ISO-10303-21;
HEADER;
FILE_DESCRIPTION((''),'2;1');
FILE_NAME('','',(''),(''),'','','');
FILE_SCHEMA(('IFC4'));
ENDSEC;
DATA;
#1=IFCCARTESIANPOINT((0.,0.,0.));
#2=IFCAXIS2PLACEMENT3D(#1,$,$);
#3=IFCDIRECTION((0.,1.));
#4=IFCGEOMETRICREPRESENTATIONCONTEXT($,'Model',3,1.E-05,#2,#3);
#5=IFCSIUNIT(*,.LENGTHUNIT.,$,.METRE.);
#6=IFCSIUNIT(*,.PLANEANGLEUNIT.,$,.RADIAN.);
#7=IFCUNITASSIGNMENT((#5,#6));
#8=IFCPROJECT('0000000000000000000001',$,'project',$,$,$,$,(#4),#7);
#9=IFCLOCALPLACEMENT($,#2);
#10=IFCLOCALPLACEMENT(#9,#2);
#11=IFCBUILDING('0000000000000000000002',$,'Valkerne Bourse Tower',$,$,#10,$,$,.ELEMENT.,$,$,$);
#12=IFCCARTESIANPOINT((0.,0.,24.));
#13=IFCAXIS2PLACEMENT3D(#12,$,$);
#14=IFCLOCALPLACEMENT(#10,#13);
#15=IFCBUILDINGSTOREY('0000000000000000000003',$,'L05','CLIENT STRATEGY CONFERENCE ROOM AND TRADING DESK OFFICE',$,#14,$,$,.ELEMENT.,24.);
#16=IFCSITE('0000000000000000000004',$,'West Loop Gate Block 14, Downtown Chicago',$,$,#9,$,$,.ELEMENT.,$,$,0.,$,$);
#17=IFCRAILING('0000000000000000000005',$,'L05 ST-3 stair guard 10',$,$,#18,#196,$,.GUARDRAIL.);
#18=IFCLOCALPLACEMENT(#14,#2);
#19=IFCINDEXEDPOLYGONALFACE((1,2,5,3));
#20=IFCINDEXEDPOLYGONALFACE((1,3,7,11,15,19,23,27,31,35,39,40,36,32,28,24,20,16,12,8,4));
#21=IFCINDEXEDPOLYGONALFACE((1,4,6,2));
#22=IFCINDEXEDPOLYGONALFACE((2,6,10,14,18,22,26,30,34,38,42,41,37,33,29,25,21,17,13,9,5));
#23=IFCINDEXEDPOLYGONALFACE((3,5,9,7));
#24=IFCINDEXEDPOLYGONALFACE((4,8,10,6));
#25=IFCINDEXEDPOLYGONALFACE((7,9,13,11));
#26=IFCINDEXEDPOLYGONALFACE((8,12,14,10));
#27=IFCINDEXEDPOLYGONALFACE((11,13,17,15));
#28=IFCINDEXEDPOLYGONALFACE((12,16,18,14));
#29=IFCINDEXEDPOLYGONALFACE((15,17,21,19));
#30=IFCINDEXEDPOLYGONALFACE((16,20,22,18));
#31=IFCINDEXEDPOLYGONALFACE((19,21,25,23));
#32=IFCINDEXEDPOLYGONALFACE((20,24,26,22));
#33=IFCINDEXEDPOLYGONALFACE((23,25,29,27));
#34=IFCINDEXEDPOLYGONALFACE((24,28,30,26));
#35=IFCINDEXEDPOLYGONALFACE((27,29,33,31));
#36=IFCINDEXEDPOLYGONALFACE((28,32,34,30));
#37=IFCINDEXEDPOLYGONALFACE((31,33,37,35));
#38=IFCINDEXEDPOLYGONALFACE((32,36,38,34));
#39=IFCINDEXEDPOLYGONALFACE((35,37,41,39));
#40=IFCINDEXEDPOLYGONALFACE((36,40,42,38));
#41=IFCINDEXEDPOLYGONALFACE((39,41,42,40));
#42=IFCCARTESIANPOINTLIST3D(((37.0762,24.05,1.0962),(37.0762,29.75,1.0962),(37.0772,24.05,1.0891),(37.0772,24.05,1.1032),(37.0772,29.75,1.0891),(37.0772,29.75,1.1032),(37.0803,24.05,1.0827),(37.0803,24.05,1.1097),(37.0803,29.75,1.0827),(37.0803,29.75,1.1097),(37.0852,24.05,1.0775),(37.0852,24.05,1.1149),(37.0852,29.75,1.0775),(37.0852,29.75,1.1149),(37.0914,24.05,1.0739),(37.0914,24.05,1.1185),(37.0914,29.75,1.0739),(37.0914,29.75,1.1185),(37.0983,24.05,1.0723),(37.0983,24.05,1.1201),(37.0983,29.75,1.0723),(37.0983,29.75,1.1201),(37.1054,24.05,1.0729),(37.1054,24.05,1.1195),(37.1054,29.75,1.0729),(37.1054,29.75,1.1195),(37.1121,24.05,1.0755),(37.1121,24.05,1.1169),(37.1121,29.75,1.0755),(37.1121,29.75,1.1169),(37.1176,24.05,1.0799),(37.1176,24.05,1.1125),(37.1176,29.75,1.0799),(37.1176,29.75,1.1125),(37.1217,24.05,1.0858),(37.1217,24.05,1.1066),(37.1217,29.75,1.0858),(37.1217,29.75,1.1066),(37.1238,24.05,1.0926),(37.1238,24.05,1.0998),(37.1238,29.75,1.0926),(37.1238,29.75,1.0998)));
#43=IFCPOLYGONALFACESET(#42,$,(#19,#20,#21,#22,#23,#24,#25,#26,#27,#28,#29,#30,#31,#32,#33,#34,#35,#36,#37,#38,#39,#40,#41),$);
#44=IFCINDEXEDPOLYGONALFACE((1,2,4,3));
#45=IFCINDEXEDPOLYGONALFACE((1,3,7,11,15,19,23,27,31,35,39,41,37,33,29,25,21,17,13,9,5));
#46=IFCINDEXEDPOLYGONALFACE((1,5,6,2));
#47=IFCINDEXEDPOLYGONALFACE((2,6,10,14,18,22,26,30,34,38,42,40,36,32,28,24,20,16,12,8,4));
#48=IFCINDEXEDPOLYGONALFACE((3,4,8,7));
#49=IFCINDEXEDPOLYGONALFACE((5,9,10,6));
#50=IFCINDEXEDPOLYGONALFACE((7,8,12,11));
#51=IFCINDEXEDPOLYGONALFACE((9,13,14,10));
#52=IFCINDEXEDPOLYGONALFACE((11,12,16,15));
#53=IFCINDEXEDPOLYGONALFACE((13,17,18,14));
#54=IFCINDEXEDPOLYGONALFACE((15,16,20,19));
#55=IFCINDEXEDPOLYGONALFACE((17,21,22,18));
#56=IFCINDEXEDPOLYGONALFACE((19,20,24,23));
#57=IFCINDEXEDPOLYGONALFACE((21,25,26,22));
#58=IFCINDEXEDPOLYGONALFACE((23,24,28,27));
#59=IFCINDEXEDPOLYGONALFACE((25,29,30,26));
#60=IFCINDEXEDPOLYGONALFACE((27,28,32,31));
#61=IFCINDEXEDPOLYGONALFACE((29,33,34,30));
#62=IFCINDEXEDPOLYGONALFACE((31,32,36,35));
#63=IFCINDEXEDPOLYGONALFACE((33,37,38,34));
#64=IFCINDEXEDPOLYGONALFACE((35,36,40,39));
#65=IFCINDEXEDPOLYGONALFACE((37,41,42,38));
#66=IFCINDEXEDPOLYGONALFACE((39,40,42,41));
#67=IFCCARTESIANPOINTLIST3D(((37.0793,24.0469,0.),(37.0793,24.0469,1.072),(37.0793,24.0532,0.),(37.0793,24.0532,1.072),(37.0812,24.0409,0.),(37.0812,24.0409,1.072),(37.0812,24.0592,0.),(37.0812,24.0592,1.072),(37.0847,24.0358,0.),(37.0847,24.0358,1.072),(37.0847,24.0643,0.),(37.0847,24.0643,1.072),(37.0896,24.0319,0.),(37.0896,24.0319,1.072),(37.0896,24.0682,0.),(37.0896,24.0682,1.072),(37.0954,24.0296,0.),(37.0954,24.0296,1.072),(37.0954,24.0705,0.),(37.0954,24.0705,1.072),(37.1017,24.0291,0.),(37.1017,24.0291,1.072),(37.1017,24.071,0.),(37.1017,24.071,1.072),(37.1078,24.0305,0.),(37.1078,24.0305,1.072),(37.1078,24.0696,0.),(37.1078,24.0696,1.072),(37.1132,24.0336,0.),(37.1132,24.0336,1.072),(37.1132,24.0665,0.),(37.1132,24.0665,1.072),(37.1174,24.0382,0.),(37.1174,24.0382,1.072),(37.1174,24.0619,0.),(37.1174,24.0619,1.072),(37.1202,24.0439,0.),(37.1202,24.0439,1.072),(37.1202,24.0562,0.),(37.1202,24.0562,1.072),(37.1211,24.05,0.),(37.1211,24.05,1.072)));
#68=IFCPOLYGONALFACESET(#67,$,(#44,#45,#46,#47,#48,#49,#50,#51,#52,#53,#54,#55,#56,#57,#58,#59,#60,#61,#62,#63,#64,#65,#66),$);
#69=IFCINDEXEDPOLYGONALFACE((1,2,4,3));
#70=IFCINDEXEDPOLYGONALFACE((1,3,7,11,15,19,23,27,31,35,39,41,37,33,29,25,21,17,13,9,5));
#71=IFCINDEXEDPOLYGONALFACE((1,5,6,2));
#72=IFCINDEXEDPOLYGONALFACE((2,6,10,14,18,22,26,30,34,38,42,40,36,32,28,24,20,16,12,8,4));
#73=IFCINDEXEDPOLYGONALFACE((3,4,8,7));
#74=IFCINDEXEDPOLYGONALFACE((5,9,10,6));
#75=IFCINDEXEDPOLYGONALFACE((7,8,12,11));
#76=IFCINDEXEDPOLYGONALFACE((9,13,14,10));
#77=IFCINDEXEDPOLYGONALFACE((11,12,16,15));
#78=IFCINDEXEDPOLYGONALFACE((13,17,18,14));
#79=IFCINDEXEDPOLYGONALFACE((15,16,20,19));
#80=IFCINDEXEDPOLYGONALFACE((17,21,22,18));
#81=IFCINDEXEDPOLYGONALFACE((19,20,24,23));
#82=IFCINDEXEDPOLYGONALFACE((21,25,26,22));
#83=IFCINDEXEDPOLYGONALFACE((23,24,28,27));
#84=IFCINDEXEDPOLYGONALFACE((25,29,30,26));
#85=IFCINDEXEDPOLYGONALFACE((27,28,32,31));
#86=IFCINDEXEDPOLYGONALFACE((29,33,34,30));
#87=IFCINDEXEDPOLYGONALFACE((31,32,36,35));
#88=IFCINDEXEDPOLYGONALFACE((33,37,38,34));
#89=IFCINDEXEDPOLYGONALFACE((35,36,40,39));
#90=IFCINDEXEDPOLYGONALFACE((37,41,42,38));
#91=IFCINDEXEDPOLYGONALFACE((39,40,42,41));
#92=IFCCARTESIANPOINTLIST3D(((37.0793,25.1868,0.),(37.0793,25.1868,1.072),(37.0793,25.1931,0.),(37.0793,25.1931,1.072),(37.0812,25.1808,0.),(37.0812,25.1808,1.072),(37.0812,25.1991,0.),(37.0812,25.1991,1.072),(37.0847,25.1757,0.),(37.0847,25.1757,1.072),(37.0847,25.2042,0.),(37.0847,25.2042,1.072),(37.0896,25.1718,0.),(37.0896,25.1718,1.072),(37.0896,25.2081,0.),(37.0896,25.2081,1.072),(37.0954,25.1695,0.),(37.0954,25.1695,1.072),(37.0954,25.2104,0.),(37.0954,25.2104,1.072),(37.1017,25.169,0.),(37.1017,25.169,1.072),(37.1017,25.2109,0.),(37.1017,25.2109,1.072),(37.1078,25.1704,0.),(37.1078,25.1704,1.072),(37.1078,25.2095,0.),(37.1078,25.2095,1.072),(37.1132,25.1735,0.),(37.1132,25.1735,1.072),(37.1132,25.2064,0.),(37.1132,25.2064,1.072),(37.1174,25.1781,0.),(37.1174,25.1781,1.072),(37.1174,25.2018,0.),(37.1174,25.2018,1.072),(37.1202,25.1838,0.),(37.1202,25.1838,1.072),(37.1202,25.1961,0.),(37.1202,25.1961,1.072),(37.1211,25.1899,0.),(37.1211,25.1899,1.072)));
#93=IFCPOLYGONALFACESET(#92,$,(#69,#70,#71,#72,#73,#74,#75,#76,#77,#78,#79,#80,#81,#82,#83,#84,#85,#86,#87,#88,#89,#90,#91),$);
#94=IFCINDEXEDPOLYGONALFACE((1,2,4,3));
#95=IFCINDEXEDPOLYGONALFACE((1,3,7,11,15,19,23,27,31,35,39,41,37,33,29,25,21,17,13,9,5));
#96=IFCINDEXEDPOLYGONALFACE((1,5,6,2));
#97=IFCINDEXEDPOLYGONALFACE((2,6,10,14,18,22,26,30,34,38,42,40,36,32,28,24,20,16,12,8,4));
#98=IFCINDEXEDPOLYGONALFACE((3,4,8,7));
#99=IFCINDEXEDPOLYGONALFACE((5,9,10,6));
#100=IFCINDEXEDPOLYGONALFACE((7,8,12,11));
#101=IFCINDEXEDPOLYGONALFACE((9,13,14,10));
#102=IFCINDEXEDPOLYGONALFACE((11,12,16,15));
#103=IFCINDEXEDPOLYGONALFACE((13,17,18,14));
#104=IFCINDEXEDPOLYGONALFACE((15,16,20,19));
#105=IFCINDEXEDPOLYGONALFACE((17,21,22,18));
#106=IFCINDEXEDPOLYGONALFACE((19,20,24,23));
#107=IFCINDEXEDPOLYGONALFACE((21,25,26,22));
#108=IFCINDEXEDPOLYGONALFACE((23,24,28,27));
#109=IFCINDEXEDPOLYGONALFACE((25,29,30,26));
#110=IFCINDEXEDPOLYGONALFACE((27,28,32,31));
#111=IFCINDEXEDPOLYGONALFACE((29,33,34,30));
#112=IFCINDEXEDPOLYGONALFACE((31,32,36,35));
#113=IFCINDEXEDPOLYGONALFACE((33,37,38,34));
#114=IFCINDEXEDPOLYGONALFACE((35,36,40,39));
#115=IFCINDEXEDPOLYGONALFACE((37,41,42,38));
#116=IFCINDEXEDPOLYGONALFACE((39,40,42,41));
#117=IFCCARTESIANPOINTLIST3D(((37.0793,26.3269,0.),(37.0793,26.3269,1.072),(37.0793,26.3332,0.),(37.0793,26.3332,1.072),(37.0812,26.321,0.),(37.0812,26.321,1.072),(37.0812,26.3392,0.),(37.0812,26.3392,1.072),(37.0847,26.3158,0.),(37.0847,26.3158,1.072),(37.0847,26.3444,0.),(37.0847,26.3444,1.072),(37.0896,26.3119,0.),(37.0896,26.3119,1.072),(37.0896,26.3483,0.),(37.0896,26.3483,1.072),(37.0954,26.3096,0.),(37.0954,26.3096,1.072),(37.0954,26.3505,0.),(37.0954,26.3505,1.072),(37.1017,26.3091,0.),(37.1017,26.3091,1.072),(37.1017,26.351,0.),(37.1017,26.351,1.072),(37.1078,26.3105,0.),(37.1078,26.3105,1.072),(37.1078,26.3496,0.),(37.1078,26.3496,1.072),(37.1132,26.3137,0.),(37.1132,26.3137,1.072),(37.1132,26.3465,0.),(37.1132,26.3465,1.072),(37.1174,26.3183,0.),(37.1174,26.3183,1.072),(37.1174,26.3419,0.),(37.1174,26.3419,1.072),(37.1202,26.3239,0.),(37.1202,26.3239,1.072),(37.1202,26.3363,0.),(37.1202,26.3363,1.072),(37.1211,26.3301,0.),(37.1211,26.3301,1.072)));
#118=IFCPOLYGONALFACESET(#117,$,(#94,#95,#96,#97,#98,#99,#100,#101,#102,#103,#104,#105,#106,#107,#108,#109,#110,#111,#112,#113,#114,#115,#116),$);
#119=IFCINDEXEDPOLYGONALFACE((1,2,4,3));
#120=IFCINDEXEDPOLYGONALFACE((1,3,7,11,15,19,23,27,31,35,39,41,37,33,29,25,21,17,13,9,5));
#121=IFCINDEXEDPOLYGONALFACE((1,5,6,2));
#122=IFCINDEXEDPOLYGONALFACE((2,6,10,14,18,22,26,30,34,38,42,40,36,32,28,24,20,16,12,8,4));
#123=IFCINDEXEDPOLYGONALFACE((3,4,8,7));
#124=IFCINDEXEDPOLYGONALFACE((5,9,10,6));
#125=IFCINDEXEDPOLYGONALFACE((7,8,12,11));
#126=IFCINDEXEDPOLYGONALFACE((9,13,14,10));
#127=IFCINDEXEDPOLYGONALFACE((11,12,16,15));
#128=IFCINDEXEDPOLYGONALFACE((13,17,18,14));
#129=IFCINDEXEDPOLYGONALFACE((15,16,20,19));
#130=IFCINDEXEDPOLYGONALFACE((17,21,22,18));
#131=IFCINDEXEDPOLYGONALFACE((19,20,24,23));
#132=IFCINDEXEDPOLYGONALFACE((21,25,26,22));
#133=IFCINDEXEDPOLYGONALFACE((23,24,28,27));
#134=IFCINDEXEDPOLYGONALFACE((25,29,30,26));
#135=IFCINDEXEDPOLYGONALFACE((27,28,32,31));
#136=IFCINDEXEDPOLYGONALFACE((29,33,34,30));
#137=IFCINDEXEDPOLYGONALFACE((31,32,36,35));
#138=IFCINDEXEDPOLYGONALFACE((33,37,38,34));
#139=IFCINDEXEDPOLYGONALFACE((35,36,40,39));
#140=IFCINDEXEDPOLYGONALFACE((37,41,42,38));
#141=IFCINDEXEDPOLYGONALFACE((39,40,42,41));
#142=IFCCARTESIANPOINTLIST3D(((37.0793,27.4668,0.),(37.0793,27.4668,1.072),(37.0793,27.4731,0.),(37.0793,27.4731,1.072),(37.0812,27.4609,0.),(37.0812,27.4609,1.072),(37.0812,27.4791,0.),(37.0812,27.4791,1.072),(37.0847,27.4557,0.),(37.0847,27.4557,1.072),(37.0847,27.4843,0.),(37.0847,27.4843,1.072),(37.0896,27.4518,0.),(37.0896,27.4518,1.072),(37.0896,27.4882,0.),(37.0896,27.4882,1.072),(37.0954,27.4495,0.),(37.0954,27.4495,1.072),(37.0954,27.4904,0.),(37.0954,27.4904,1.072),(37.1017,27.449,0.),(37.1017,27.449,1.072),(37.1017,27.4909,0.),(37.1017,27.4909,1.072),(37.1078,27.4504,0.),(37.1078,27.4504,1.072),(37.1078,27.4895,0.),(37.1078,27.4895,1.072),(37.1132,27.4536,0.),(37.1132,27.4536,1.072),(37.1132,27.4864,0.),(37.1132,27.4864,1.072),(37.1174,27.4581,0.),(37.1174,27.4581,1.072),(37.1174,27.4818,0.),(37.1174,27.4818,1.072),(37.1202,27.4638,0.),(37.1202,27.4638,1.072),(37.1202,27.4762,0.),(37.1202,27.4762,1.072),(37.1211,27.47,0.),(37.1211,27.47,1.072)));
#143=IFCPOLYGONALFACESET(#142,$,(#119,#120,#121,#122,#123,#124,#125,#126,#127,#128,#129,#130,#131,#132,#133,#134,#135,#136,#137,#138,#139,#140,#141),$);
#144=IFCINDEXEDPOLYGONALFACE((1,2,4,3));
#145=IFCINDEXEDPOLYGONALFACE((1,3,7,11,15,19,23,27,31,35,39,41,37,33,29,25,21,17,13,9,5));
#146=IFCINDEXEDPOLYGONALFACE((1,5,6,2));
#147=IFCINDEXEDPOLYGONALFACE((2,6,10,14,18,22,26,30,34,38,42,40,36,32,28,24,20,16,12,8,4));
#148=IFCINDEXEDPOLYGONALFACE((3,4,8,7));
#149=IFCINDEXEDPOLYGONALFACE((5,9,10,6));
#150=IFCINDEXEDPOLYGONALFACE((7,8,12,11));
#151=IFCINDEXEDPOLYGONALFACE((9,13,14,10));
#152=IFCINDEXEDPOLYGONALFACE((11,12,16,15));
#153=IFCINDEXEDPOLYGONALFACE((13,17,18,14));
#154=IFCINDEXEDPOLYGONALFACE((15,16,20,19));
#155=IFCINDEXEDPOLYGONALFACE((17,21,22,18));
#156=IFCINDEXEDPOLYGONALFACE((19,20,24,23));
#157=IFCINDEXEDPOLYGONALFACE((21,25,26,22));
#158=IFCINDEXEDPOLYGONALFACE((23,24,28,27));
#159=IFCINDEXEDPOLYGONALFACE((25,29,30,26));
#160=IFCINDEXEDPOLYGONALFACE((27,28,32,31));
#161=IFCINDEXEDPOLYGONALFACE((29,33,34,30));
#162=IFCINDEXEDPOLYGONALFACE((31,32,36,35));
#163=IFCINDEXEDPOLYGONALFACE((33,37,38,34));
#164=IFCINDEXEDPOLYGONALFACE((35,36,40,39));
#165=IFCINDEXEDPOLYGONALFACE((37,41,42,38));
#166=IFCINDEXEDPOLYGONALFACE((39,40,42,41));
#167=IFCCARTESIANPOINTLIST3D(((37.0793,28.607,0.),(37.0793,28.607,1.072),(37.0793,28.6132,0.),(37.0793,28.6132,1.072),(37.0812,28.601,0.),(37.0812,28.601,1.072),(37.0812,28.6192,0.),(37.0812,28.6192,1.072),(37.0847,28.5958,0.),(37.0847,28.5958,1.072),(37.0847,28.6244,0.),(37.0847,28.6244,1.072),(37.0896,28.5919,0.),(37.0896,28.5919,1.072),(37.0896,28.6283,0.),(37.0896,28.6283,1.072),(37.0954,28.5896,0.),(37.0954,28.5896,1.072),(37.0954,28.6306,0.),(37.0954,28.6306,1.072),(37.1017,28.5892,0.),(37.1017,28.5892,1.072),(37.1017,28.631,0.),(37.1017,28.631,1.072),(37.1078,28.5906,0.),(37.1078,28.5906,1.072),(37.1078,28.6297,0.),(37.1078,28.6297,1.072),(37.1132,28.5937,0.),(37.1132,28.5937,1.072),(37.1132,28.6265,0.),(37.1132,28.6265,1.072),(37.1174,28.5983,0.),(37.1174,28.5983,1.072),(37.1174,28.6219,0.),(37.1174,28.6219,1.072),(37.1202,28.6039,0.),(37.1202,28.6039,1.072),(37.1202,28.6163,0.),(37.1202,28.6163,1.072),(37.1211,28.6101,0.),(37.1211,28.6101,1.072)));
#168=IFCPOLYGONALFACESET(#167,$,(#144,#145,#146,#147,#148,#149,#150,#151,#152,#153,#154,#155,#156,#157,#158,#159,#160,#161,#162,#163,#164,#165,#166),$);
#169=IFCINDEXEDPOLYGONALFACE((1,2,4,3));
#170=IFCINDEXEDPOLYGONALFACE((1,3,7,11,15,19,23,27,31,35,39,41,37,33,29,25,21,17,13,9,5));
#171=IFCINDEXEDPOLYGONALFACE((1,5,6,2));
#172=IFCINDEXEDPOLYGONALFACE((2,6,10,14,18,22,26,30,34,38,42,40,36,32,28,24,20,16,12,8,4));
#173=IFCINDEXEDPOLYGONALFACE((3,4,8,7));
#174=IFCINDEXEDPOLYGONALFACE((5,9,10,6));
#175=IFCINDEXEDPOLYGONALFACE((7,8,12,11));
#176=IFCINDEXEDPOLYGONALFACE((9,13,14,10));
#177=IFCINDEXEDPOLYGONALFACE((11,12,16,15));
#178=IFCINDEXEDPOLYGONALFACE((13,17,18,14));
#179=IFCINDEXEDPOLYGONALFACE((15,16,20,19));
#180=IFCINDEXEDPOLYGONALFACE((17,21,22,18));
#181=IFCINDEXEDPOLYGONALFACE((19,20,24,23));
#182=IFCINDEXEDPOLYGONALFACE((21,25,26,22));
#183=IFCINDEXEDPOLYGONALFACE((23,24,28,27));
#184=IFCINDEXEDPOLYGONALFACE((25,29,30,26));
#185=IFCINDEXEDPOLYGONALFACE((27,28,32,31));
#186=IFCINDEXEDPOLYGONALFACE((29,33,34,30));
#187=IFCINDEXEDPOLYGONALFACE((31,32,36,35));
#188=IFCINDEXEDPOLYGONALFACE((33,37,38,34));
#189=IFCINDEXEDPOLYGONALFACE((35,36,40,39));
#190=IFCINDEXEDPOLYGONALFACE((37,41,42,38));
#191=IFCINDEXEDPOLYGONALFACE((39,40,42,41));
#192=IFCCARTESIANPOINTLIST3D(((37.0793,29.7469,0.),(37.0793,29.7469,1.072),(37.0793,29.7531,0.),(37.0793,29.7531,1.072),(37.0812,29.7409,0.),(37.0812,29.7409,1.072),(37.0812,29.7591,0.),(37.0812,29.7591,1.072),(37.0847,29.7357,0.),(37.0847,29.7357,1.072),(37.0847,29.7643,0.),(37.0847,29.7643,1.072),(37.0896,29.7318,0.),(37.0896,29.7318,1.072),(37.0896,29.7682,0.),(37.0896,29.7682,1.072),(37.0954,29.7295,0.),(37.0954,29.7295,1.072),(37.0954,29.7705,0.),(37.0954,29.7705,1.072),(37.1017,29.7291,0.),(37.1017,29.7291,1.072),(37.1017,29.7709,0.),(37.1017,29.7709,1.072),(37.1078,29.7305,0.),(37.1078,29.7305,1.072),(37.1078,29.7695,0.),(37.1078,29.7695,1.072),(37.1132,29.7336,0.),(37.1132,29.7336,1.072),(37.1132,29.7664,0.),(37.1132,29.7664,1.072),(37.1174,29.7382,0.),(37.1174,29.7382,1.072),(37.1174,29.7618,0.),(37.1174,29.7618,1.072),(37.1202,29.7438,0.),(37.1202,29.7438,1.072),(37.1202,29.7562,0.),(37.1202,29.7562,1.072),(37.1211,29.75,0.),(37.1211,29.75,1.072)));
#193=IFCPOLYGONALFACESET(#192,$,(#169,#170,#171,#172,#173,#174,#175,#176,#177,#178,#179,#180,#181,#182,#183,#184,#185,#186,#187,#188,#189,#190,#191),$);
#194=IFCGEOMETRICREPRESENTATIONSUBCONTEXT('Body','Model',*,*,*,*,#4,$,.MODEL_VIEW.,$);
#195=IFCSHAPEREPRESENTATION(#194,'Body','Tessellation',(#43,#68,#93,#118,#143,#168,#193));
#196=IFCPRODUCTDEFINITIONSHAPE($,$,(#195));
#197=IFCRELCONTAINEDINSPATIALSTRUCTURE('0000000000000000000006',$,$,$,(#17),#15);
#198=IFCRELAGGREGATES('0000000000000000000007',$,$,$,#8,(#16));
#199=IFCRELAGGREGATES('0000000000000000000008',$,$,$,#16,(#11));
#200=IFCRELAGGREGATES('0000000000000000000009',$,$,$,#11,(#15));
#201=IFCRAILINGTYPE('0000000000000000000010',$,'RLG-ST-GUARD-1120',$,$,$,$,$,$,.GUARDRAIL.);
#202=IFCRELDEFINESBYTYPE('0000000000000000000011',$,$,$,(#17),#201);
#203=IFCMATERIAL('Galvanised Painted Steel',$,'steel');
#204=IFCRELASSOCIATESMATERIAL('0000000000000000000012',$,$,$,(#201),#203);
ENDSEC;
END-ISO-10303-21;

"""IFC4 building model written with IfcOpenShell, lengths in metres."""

from ifc_helpers import new_model, si_unit, direction, frame, origin, origin_2d, place, context, subcontext, project, spatial, circle, extrude, material, type_object, element, save


model = new_model("IFC4")

# Units and contexts
model_context = context("Model", 3, precision=1e-05, world=origin(), true_north=direction((0.0, 1.0)))
body_context = subcontext(model_context, "Body", "Model", "MODEL_VIEW")
ifc_project = project(units=[si_unit("LENGTHUNIT", "METRE"), si_unit("PLANEANGLEUNIT", "RADIAN")], contexts=[model_context])

# Site, building, storey
site_placement = place(None, origin())
site = spatial("IfcSite", under=ifc_project, at=site_placement, Name="West Loop Gate Block 14, Downtown Chicago", CompositionType="ELEMENT", RefElevation=0.0)
building_placement = place(site_placement, origin())
building = spatial("IfcBuilding", under=site, at=building_placement, Name="Valkerne Bourse Tower", CompositionType="ELEMENT")
storey_placement = place(building_placement, frame((0.0, 0.0, 24.0)))
storey = spatial("IfcBuildingStorey", under=building, at=storey_placement, Name="L05", Description="CLIENT STRATEGY CONFERENCE ROOM AND TRADING DESK OFFICE", CompositionType="ELEMENT", Elevation=24.0)

# Shared definitions
ifc_material_1 = material(Name="Galvanised Painted Steel", Category="steel")

# Railing
railing_type_1 = type_object("IfcRailingType", Name="RLG-ST-GUARD-1120", PredefinedType="GUARDRAIL", material=ifc_material_1)
railing_1_placement = place(storey_placement, frame((37.1001, 24.05, 0.0)))
element("IfcRailing", 1, at=railing_1_placement, inside=storey, type_object=railing_type_1, Name="L05 ST-3 stair guard 10", PredefinedType="GUARDRAIL", context=body_context, shape_type="SweptSolid", body=[
    extrude(circle(Radius=0.0239, at=origin_2d()), frame((0.0, 0.0, 1.0962), z_axis=(0.0, 1.0, 0.0), x_axis=(-1.0, 0.0, 0.0)), (0.0, 0.0, 1.0), 5.7),
    extrude(circle(Radius=0.021, at=origin_2d()), origin(), (0.0, 0.0, 1.0), 1.072),
    extrude(circle(Radius=0.021, at=origin_2d()), frame((0.0, 1.1399, 0.0)), (0.0, 0.0, 1.0), 1.072),
    extrude(circle(Radius=0.021, at=origin_2d()), frame((0.0, 2.28, 0.0)), (0.0, 0.0, 1.0), 1.072),
    extrude(circle(Radius=0.021, at=origin_2d()), frame((0.0, 3.4199, 0.0)), (0.0, 0.0, 1.0), 1.072),
    extrude(circle(Radius=0.021, at=origin_2d()), frame((0.0, 4.5601, 0.0)), (0.0, 0.0, 1.0), 1.072),
    extrude(circle(Radius=0.021, at=origin_2d()), frame((0.0, 5.7, 0.0)), (0.0, 0.0, 1.0), 1.072),
])

save(model, "model.ifc")
